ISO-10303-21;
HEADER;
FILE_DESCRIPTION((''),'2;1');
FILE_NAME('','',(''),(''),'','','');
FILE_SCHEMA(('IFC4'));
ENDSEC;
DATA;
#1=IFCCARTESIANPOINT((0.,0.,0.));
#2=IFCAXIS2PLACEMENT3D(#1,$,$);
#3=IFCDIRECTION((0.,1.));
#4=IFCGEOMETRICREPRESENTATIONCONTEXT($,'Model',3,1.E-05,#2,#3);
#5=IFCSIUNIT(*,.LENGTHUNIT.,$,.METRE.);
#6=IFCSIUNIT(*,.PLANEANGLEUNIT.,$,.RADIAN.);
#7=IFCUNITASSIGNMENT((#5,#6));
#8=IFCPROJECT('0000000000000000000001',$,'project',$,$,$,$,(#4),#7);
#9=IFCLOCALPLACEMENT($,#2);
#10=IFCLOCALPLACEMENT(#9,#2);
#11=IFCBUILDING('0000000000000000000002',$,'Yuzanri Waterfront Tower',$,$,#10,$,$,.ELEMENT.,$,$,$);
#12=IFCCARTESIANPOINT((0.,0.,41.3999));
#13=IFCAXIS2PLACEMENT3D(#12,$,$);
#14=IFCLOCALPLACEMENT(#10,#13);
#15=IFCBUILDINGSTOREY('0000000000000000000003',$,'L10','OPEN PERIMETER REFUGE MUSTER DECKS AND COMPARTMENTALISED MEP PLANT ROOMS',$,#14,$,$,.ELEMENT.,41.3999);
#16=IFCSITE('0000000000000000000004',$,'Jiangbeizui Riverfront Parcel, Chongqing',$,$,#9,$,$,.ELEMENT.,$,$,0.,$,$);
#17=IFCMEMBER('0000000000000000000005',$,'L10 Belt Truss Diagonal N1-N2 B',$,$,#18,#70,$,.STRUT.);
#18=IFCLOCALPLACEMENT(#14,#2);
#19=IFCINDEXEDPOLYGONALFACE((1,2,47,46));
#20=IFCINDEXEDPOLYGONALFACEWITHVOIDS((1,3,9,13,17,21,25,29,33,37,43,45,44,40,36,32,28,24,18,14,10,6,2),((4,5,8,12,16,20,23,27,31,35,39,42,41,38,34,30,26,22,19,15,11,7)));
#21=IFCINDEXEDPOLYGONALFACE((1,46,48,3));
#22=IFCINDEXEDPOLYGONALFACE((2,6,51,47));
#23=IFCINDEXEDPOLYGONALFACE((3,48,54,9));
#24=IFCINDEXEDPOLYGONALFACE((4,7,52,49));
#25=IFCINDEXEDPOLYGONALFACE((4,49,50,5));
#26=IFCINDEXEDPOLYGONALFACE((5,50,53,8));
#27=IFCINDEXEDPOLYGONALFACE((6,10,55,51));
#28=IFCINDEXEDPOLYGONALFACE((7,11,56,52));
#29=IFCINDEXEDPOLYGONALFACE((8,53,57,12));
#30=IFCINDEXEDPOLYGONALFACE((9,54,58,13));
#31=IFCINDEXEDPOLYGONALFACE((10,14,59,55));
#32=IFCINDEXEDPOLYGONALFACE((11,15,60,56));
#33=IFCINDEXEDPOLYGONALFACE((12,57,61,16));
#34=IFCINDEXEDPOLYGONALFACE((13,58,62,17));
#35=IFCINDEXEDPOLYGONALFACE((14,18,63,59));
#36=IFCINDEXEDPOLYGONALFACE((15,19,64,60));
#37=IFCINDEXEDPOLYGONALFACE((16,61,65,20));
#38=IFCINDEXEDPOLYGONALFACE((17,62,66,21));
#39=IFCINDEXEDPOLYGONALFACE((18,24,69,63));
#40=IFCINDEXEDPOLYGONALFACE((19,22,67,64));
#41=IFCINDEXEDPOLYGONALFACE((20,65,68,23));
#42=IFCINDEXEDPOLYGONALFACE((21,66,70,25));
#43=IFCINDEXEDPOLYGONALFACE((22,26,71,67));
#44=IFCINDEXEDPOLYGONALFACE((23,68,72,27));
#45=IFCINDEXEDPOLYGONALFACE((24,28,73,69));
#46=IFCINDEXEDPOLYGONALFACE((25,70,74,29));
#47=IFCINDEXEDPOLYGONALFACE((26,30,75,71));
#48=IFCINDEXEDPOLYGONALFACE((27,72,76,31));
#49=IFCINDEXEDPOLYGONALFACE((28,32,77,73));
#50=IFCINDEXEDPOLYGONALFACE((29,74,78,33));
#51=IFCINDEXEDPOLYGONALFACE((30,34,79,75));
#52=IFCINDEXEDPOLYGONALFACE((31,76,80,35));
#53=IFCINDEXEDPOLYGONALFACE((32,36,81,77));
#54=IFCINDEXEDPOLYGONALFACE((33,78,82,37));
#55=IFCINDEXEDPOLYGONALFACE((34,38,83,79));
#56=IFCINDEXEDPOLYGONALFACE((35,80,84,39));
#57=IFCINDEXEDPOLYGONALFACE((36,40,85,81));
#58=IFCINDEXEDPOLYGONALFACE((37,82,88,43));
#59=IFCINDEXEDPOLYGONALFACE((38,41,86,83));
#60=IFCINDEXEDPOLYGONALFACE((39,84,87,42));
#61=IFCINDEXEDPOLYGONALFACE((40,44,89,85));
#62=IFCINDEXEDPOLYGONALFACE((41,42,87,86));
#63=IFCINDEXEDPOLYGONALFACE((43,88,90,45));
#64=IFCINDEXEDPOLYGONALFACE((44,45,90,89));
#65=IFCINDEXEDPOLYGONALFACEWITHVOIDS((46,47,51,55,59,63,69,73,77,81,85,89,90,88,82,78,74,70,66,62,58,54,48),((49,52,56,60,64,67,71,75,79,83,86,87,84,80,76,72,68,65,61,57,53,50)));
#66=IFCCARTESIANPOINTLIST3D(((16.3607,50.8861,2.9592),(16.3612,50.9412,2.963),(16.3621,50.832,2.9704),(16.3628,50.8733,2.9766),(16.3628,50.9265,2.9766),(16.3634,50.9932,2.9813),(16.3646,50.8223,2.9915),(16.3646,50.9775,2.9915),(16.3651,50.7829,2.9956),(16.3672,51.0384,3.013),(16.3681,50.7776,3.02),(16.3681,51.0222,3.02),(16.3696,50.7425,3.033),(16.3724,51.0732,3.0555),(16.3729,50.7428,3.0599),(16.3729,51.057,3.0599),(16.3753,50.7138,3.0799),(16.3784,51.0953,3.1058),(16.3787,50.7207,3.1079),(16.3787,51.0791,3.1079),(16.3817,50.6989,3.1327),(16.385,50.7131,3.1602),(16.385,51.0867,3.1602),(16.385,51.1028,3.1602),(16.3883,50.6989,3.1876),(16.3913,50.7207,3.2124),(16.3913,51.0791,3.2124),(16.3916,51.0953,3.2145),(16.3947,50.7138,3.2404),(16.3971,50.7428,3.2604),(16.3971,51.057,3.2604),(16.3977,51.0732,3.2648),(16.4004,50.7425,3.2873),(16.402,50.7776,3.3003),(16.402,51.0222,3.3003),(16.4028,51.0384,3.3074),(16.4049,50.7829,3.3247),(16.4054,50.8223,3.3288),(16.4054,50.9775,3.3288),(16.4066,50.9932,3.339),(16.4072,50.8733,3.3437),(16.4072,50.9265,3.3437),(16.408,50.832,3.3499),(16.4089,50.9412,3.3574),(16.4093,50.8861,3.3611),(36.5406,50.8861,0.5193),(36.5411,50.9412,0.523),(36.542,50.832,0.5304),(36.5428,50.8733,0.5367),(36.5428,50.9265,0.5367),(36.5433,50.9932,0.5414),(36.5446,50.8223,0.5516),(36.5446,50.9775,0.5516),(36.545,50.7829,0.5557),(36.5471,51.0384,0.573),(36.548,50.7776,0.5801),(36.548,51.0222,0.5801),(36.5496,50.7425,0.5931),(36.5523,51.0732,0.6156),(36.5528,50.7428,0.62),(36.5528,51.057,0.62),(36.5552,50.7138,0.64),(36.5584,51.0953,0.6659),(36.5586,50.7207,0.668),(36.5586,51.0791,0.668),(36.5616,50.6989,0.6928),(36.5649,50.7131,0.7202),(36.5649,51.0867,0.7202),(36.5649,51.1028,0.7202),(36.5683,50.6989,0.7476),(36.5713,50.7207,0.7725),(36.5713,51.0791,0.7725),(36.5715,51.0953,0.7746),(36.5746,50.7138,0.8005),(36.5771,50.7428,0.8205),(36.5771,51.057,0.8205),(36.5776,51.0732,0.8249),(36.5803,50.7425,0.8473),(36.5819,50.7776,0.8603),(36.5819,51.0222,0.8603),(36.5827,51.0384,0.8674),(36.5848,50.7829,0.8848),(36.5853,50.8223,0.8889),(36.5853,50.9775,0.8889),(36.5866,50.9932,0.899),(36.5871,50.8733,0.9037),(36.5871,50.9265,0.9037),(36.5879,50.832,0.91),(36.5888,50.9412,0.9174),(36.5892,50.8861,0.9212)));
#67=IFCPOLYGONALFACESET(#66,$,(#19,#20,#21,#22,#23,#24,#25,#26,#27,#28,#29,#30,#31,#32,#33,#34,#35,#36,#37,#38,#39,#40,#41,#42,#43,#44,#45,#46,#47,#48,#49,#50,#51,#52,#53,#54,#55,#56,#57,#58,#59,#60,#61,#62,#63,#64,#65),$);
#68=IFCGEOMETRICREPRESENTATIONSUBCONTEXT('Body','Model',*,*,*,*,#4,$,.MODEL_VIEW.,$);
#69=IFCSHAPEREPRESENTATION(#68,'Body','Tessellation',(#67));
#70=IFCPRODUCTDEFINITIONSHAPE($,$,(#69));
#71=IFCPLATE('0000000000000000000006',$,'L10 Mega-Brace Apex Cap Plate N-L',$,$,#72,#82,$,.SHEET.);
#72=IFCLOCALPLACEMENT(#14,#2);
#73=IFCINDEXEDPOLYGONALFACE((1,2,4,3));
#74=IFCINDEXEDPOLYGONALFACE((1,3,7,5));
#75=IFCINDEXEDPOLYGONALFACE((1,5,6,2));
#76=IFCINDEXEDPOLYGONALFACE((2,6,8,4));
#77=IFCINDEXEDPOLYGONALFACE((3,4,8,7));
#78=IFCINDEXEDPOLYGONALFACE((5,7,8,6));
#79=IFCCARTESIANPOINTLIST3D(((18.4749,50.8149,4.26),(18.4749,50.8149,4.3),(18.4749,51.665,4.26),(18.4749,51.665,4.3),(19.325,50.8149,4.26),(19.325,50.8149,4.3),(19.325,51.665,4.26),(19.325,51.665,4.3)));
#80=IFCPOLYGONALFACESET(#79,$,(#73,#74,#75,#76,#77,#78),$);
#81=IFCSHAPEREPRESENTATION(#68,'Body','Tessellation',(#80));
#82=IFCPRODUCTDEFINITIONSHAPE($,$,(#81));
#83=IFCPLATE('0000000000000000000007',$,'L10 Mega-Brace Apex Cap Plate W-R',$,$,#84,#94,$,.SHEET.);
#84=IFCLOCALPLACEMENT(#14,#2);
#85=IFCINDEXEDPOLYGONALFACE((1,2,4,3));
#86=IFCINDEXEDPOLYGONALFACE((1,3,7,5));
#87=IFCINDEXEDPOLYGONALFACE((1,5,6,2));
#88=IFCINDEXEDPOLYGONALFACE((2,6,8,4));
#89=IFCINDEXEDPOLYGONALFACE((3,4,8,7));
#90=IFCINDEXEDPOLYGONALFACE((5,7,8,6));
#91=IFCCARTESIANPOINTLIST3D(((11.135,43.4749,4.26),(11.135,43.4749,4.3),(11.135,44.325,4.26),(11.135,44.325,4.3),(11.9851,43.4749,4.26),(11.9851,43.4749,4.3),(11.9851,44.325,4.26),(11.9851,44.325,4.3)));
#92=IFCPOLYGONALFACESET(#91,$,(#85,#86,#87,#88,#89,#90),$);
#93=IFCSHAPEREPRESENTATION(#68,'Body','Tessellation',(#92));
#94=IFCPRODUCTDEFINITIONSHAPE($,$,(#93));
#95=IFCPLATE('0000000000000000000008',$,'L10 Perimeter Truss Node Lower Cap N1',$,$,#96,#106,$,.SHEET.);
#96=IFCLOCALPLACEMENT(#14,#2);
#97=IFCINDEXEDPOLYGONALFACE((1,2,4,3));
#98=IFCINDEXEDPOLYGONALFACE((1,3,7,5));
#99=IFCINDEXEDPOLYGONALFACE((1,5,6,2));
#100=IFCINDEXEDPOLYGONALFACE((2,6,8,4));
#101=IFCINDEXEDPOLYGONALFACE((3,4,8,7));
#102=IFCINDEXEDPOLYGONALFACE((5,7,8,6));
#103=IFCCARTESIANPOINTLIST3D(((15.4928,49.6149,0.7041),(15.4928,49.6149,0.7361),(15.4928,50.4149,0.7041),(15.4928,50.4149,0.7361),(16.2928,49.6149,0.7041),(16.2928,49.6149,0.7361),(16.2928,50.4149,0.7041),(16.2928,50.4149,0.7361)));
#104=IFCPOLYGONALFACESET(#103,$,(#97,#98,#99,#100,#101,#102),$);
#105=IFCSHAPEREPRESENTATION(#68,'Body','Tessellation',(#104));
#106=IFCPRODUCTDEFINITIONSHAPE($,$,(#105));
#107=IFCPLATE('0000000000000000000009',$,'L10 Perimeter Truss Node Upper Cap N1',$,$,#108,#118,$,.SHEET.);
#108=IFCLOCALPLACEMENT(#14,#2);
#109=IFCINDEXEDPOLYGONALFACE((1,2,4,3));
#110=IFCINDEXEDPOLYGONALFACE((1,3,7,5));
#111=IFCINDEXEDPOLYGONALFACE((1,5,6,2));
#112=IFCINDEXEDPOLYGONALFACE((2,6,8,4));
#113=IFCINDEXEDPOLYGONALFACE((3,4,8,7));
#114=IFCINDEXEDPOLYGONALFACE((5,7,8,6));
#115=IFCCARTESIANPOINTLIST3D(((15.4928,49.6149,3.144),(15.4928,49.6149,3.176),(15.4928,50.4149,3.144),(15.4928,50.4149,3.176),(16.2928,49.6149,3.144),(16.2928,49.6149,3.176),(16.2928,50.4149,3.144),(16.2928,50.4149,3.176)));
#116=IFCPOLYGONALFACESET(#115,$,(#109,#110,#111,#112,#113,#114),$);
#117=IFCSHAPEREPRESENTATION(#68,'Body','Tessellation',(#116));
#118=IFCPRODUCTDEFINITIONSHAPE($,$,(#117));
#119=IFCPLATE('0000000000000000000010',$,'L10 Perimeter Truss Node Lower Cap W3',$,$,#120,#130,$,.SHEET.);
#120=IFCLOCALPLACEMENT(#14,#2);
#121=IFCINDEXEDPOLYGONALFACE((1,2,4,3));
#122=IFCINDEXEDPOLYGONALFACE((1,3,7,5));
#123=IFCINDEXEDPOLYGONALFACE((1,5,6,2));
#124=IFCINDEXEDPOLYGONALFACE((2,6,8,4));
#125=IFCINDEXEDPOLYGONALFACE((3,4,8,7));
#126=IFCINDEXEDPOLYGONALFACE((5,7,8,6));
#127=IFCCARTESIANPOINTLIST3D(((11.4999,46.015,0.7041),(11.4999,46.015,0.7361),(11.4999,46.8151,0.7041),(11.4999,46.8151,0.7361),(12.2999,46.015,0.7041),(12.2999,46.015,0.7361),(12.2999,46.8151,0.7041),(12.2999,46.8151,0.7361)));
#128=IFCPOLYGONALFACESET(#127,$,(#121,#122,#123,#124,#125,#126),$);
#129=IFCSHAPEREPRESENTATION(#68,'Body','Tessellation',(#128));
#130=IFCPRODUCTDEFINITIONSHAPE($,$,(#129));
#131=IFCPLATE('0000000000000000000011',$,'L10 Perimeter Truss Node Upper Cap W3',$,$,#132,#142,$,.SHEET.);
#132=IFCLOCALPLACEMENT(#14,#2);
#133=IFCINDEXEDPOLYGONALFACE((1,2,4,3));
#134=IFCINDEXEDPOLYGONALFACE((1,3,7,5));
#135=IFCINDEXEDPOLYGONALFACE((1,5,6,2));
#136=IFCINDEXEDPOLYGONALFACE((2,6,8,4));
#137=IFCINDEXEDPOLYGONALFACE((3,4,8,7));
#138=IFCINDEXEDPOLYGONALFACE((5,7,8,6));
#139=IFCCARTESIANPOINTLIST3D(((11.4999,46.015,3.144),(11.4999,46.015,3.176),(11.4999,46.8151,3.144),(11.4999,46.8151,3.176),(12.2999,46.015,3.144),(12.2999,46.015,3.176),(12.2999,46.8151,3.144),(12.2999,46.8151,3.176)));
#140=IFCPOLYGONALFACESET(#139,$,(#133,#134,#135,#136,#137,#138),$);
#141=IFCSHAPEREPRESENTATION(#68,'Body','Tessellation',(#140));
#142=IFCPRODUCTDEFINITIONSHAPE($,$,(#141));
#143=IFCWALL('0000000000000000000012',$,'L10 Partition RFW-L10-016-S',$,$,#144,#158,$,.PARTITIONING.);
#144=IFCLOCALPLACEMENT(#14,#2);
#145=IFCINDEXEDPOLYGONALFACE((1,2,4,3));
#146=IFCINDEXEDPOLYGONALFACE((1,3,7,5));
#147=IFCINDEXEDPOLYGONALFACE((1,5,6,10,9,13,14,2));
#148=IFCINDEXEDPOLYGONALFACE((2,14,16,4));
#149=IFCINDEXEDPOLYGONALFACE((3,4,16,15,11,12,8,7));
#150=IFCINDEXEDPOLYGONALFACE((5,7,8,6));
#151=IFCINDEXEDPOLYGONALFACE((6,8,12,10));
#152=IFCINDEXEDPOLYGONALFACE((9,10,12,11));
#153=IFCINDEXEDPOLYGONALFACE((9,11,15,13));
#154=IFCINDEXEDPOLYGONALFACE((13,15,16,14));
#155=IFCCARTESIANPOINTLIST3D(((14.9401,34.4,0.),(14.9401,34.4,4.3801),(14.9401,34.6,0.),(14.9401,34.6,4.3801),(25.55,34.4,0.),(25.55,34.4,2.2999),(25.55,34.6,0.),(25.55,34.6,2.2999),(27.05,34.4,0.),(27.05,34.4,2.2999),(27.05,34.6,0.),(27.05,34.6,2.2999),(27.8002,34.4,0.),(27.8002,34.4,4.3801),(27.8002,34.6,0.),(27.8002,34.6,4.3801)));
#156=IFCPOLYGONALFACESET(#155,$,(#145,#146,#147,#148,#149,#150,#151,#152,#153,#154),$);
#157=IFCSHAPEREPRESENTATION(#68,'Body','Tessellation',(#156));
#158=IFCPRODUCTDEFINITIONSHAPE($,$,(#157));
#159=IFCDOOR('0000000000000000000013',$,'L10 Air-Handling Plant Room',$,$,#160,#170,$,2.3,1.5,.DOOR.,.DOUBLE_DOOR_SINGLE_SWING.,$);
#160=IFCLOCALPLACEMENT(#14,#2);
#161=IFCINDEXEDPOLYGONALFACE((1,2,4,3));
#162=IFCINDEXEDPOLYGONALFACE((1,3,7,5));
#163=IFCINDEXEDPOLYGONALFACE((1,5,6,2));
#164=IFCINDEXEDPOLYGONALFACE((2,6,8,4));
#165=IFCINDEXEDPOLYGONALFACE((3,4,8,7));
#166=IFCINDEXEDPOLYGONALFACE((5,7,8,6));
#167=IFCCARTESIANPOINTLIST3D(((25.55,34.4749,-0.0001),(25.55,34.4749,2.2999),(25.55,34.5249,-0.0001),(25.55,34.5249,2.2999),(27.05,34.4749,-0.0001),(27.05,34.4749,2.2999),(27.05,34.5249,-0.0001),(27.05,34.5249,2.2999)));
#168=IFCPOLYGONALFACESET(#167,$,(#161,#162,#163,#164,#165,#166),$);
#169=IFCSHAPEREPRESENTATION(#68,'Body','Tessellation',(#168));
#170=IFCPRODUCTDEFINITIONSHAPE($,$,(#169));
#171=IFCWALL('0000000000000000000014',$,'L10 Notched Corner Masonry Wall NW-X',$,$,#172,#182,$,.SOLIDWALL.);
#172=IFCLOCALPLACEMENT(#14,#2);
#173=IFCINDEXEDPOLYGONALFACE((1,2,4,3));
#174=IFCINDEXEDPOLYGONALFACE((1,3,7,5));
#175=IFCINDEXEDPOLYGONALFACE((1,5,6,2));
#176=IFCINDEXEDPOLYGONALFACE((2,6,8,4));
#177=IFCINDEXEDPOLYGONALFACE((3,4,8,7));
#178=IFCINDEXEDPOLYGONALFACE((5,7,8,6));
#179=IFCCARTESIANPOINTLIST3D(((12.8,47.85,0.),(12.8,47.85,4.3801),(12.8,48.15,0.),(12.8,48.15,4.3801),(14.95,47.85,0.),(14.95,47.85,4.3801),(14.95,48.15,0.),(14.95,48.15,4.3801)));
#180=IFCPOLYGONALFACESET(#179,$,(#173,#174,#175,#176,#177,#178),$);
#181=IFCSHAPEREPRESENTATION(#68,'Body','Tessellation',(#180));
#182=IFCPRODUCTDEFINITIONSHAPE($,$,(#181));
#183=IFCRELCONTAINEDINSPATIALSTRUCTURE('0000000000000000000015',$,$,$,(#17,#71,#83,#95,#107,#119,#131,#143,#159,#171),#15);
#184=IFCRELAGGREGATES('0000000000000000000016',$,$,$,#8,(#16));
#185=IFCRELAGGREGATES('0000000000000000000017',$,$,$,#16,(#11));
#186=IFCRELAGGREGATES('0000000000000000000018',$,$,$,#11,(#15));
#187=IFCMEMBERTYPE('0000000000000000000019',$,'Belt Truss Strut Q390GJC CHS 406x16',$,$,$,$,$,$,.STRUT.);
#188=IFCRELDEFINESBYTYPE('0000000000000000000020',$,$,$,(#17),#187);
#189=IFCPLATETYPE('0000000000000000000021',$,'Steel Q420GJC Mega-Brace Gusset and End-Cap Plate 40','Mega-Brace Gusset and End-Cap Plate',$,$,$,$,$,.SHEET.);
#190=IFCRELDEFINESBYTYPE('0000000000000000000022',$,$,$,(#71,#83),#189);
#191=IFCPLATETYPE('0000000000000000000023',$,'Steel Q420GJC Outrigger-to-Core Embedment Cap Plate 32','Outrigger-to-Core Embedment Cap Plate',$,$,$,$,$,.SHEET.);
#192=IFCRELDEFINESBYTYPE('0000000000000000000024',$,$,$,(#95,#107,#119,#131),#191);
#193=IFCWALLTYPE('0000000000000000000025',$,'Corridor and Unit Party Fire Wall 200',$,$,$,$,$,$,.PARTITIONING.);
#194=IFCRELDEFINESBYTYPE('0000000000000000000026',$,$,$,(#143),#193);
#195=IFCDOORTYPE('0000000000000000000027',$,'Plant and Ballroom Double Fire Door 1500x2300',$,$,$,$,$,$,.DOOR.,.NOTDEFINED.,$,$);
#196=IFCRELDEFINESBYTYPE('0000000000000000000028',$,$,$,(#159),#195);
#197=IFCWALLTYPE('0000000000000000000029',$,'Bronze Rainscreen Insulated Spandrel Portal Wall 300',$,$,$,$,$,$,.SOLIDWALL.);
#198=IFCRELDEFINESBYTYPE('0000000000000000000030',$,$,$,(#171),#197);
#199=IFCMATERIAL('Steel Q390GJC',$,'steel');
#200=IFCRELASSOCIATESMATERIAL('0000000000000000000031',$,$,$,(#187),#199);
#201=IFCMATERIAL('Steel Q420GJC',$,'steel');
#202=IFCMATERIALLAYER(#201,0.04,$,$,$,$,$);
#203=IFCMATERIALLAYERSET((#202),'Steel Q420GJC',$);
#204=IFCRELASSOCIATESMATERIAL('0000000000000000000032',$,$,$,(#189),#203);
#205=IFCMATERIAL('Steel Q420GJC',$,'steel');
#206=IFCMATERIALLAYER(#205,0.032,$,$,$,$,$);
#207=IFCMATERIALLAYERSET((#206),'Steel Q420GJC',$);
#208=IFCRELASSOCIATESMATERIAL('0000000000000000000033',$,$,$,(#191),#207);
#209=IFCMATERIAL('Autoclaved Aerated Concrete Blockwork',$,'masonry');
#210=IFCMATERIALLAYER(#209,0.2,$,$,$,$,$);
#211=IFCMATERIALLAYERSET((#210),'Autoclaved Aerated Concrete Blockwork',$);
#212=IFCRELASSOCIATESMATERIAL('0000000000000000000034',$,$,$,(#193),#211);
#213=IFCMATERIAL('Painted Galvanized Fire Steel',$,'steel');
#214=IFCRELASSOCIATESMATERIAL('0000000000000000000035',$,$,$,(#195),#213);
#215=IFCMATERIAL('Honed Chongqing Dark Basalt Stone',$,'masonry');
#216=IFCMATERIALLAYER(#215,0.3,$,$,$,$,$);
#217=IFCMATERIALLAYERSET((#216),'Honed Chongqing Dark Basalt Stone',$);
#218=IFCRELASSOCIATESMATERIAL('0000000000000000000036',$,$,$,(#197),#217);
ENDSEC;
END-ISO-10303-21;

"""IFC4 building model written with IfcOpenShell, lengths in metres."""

from ifc_helpers import new_model, si_unit, direction, frame, frame_2d, origin, origin_2d, place, context, subcontext, project, spatial, rectangle, hollow_circle, extrude, source, transform, mapped, material, layer, layer_set, material_profile, profile_set, type_object, element, fill, save


model = new_model("IFC4")

# Units and contexts
model_context = context("Model", 3, precision=1e-05, world=origin(), true_north=direction((0.0, 1.0)))
body_context = subcontext(model_context, "Body", "Model", "MODEL_VIEW")
ifc_project = project(units=[si_unit("LENGTHUNIT", "METRE"), si_unit("PLANEANGLEUNIT", "RADIAN")], contexts=[model_context])

# Site, building, storey
site_placement = place(None, origin())
site = spatial("IfcSite", under=ifc_project, at=site_placement, Name="Jiangbeizui Riverfront Parcel, Chongqing", CompositionType="ELEMENT", RefElevation=0.0)
building_placement = place(site_placement, origin())
building = spatial("IfcBuilding", under=site, at=building_placement, Name="Yuzanri Waterfront Tower", CompositionType="ELEMENT")
storey_placement = place(building_placement, frame((0.0, 0.0, 41.3999)))
storey = spatial("IfcBuildingStorey", under=building, at=storey_placement, Name="L10", Description="OPEN PERIMETER REFUGE MUSTER DECKS AND COMPARTMENTALISED MEP PLANT ROOMS", CompositionType="ELEMENT", Elevation=41.3999)

# Member
ifc_material_1 = material(Name="Steel Q390GJC", Category="steel")
ifc_material_profile_1 = material_profile(ifc_material_1, hollow_circle(Radius=0.2029, WallThickness=0.0161, at=origin_2d()), Name="CHS 406x16")
ifc_profile_set_1 = profile_set([ifc_material_profile_1], Name="Steel Q390GJC")
member_type = type_object("IfcMemberType", Name="Belt Truss Strut Q390GJC CHS 406x16", PredefinedType="STRUT", material=ifc_profile_set_1)
shared_shape_1 = source(origin(), body_context, "Body", "SweptSolid", [
    extrude(hollow_circle(Radius=0.2029, WallThickness=0.0161, at=origin_2d()), origin(), (0.0, 0.0, 1.0), 20.3269),
])
for number, where, z_axis, x_axis, name in (
    (1, (16.385, 50.8999, 3.1602), (0.99277, 0.0, -0.120035), (0.0, 1.0, 0.0), "L10 Belt Truss Diagonal N1-N2 B"),
):
    element("IfcMember", number, at=place(storey_placement, frame(where, z_axis=z_axis, x_axis=x_axis)), inside=storey, type_object=member_type, Name=name, PredefinedType="STRUT", context=body_context, shape_type="MappedRepresentation", body=[
        mapped(shared_shape_1, transform((0.0, 0.0, 0.0), scale=1.0)),
    ])

# Plates
ifc_material_2 = material(Name="Steel Q420GJC", Category="steel")
ifc_layer_1 = layer(ifc_material_2, 0.04)
ifc_layer_set_1 = layer_set([ifc_layer_1], Name="Steel Q420GJC")
plate_type_1 = type_object("IfcPlateType", Name="Steel Q420GJC Mega-Brace Gusset and End-Cap Plate 40", Description="Mega-Brace Gusset and End-Cap Plate", PredefinedType="SHEET", material=ifc_layer_set_1)
shared_shape_2 = source(origin(), body_context, "Body", "SweptSolid", [
    extrude(rectangle(XDim=0.8501, YDim=0.8501, at=origin_2d()), origin(), (0.0, 0.0, 1.0), 0.04),
])
for number, where, z_axis, x_axis, name in (
    (2, (18.8999, 51.24, 4.26), (0.0, 0.0, 1.0), (1.0, 0.0, 0.0), "L10 Mega-Brace Apex Cap Plate N-L"),
    (3, (11.5601, 43.8999, 4.26), (0.0, 0.0, 1.0), (1.0, 0.0, 0.0), "L10 Mega-Brace Apex Cap Plate W-R"),
):
    element("IfcPlate", number, at=place(storey_placement, frame(where, z_axis=z_axis, x_axis=x_axis)), inside=storey, type_object=plate_type_1, Name=name, PredefinedType="SHEET", context=body_context, shape_type="MappedRepresentation", body=[
        mapped(shared_shape_2, transform((0.0, 0.0, 0.0), scale=1.0)),
    ])
ifc_material_3 = material(Name="Steel Q420GJC", Category="steel")
ifc_layer_2 = layer(ifc_material_3, 0.032)
ifc_layer_set_2 = layer_set([ifc_layer_2], Name="Steel Q420GJC")
plate_type_2 = type_object("IfcPlateType", Name="Steel Q420GJC Outrigger-to-Core Embedment Cap Plate 32", Description="Outrigger-to-Core Embedment Cap Plate", PredefinedType="SHEET", material=ifc_layer_set_2)
shared_shape_3 = source(origin(), body_context, "Body", "SweptSolid", [
    extrude(rectangle(XDim=0.8, YDim=0.8, at=origin_2d()), origin(), (0.0, 0.0, 1.0), 0.032),
])
for number, where, z_axis, x_axis, name in (
    (4, (15.8928, 50.0149, 0.7041), (0.0, 0.0, 1.0), (1.0, 0.0, 0.0), "L10 Perimeter Truss Node Lower Cap N1"),
    (5, (15.8928, 50.0149, 3.144), (0.0, 0.0, 1.0), (1.0, 0.0, 0.0), "L10 Perimeter Truss Node Upper Cap N1"),
    (6, (11.8999, 46.415, 0.7041), (0.0, 0.0, 1.0), (1.0, 0.0, 0.0), "L10 Perimeter Truss Node Lower Cap W3"),
    (7, (11.8999, 46.415, 3.144), (0.0, 0.0, 1.0), (1.0, 0.0, 0.0), "L10 Perimeter Truss Node Upper Cap W3"),
):
    element("IfcPlate", number, at=place(storey_placement, frame(where, z_axis=z_axis, x_axis=x_axis)), inside=storey, type_object=plate_type_2, Name=name, PredefinedType="SHEET", context=body_context, shape_type="MappedRepresentation", body=[
        mapped(shared_shape_3, transform((0.0, 0.0, 0.0), scale=1.0)),
    ])

# Wall, opening, door
ifc_material_4 = material(Name="Autoclaved Aerated Concrete Blockwork", Category="masonry")
ifc_layer_3 = layer(ifc_material_4, 0.2)
ifc_layer_set_3 = layer_set([ifc_layer_3], Name="Autoclaved Aerated Concrete Blockwork")
wall_type_1 = type_object("IfcWallType", Name="Corridor and Unit Party Fire Wall 200", PredefinedType="PARTITIONING", material=ifc_layer_set_3)
wall_1_placement = place(storey_placement, frame((14.9399, 34.5, 0.0), z_axis=(0.0, 0.0, 1.0), x_axis=(1.0, 0.0, 0.0)))
wall_1 = element("IfcWall", 8, at=wall_1_placement, inside=storey, type_object=wall_type_1, Name="L10 Partition RFW-L10-016-S", PredefinedType="PARTITIONING", context=body_context, shape_type="SweptSolid", body=[
    extrude(rectangle(XDim=12.8601, YDim=0.2, at=frame_2d((6.4302, 0.0))), origin(), (0.0, 0.0, 1.0), 4.3801),
])
opening_placement = place(wall_1_placement, frame((10.6101, 0.0, 0.0)))
opening = element("IfcOpeningElement", 9, at=opening_placement, cuts=wall_1, PredefinedType="OPENING", context=body_context, shape_type="SweptSolid", body=[
    extrude(rectangle(XDim=1.5, YDim=2.3, at=frame_2d((0.75, 1.1499))), frame((0.0, 0.1147, 0.0), z_axis=(0.0, -1.0, 0.0), x_axis=(1.0, 0.0, 0.0)), (0.0, 0.0, 1.0), 0.2297),
])
ifc_material_5 = material(Name="Painted Galvanized Fire Steel", Category="steel")
door_type = type_object("IfcDoorType", Name="Plant and Ballroom Double Fire Door 1500x2300", OperationType="NOTDEFINED", PredefinedType="DOOR", material=ifc_material_5)
shared_shape_4 = source(origin(), body_context, "Body", "SweptSolid", [
    extrude(rectangle(XDim=1.5, YDim=2.3, at=frame_2d((0.75, 1.1499))), frame((0.0, 0.0249, 0.0), z_axis=(0.0, -1.0, 0.0), x_axis=(1.0, 0.0, 0.0)), (0.0, 0.0, 1.0), 0.05),
])
door_placement = place(opening_placement, origin())
door = element("IfcDoor", 10, at=door_placement, inside=storey, type_object=door_type, Name="L10 Air-Handling Plant Room", OperationType="DOUBLE_DOOR_SINGLE_SWING", OverallHeight=2.3, OverallWidth=1.5, PredefinedType="DOOR", context=body_context, shape_type="MappedRepresentation", body=[
    mapped(shared_shape_4, transform((0.0, 0.0, 0.0), scale=1.0)),
])
fill(opening, door)

# Wall
ifc_material_6 = material(Name="Honed Chongqing Dark Basalt Stone", Category="masonry")
ifc_layer_4 = layer(ifc_material_6, 0.3)
ifc_layer_set_4 = layer_set([ifc_layer_4], Name="Honed Chongqing Dark Basalt Stone")
wall_type_2 = type_object("IfcWallType", Name="Bronze Rainscreen Insulated Spandrel Portal Wall 300", PredefinedType="SOLIDWALL", material=ifc_layer_set_4)
shared_shape_5 = source(origin(), body_context, "Body", "SweptSolid", [
    extrude(rectangle(XDim=2.1499, YDim=0.3, at=frame_2d((1.075, 0.0))), origin(), (0.0, 0.0, 1.0), 4.3801),
])
wall_2_placement = place(storey_placement, frame((14.95, 48.0, 0.0), z_axis=(0.0, 0.0, 1.0), x_axis=(-1.0, 0.0, 0.0)))
element("IfcWall", 11, at=wall_2_placement, inside=storey, type_object=wall_type_2, Name="L10 Notched Corner Masonry Wall NW-X", PredefinedType="SOLIDWALL", context=body_context, shape_type="MappedRepresentation", body=[
    mapped(shared_shape_5, transform((0.0, 0.0, 0.0), scale=1.0)),
])

save(model, "model.ifc")
